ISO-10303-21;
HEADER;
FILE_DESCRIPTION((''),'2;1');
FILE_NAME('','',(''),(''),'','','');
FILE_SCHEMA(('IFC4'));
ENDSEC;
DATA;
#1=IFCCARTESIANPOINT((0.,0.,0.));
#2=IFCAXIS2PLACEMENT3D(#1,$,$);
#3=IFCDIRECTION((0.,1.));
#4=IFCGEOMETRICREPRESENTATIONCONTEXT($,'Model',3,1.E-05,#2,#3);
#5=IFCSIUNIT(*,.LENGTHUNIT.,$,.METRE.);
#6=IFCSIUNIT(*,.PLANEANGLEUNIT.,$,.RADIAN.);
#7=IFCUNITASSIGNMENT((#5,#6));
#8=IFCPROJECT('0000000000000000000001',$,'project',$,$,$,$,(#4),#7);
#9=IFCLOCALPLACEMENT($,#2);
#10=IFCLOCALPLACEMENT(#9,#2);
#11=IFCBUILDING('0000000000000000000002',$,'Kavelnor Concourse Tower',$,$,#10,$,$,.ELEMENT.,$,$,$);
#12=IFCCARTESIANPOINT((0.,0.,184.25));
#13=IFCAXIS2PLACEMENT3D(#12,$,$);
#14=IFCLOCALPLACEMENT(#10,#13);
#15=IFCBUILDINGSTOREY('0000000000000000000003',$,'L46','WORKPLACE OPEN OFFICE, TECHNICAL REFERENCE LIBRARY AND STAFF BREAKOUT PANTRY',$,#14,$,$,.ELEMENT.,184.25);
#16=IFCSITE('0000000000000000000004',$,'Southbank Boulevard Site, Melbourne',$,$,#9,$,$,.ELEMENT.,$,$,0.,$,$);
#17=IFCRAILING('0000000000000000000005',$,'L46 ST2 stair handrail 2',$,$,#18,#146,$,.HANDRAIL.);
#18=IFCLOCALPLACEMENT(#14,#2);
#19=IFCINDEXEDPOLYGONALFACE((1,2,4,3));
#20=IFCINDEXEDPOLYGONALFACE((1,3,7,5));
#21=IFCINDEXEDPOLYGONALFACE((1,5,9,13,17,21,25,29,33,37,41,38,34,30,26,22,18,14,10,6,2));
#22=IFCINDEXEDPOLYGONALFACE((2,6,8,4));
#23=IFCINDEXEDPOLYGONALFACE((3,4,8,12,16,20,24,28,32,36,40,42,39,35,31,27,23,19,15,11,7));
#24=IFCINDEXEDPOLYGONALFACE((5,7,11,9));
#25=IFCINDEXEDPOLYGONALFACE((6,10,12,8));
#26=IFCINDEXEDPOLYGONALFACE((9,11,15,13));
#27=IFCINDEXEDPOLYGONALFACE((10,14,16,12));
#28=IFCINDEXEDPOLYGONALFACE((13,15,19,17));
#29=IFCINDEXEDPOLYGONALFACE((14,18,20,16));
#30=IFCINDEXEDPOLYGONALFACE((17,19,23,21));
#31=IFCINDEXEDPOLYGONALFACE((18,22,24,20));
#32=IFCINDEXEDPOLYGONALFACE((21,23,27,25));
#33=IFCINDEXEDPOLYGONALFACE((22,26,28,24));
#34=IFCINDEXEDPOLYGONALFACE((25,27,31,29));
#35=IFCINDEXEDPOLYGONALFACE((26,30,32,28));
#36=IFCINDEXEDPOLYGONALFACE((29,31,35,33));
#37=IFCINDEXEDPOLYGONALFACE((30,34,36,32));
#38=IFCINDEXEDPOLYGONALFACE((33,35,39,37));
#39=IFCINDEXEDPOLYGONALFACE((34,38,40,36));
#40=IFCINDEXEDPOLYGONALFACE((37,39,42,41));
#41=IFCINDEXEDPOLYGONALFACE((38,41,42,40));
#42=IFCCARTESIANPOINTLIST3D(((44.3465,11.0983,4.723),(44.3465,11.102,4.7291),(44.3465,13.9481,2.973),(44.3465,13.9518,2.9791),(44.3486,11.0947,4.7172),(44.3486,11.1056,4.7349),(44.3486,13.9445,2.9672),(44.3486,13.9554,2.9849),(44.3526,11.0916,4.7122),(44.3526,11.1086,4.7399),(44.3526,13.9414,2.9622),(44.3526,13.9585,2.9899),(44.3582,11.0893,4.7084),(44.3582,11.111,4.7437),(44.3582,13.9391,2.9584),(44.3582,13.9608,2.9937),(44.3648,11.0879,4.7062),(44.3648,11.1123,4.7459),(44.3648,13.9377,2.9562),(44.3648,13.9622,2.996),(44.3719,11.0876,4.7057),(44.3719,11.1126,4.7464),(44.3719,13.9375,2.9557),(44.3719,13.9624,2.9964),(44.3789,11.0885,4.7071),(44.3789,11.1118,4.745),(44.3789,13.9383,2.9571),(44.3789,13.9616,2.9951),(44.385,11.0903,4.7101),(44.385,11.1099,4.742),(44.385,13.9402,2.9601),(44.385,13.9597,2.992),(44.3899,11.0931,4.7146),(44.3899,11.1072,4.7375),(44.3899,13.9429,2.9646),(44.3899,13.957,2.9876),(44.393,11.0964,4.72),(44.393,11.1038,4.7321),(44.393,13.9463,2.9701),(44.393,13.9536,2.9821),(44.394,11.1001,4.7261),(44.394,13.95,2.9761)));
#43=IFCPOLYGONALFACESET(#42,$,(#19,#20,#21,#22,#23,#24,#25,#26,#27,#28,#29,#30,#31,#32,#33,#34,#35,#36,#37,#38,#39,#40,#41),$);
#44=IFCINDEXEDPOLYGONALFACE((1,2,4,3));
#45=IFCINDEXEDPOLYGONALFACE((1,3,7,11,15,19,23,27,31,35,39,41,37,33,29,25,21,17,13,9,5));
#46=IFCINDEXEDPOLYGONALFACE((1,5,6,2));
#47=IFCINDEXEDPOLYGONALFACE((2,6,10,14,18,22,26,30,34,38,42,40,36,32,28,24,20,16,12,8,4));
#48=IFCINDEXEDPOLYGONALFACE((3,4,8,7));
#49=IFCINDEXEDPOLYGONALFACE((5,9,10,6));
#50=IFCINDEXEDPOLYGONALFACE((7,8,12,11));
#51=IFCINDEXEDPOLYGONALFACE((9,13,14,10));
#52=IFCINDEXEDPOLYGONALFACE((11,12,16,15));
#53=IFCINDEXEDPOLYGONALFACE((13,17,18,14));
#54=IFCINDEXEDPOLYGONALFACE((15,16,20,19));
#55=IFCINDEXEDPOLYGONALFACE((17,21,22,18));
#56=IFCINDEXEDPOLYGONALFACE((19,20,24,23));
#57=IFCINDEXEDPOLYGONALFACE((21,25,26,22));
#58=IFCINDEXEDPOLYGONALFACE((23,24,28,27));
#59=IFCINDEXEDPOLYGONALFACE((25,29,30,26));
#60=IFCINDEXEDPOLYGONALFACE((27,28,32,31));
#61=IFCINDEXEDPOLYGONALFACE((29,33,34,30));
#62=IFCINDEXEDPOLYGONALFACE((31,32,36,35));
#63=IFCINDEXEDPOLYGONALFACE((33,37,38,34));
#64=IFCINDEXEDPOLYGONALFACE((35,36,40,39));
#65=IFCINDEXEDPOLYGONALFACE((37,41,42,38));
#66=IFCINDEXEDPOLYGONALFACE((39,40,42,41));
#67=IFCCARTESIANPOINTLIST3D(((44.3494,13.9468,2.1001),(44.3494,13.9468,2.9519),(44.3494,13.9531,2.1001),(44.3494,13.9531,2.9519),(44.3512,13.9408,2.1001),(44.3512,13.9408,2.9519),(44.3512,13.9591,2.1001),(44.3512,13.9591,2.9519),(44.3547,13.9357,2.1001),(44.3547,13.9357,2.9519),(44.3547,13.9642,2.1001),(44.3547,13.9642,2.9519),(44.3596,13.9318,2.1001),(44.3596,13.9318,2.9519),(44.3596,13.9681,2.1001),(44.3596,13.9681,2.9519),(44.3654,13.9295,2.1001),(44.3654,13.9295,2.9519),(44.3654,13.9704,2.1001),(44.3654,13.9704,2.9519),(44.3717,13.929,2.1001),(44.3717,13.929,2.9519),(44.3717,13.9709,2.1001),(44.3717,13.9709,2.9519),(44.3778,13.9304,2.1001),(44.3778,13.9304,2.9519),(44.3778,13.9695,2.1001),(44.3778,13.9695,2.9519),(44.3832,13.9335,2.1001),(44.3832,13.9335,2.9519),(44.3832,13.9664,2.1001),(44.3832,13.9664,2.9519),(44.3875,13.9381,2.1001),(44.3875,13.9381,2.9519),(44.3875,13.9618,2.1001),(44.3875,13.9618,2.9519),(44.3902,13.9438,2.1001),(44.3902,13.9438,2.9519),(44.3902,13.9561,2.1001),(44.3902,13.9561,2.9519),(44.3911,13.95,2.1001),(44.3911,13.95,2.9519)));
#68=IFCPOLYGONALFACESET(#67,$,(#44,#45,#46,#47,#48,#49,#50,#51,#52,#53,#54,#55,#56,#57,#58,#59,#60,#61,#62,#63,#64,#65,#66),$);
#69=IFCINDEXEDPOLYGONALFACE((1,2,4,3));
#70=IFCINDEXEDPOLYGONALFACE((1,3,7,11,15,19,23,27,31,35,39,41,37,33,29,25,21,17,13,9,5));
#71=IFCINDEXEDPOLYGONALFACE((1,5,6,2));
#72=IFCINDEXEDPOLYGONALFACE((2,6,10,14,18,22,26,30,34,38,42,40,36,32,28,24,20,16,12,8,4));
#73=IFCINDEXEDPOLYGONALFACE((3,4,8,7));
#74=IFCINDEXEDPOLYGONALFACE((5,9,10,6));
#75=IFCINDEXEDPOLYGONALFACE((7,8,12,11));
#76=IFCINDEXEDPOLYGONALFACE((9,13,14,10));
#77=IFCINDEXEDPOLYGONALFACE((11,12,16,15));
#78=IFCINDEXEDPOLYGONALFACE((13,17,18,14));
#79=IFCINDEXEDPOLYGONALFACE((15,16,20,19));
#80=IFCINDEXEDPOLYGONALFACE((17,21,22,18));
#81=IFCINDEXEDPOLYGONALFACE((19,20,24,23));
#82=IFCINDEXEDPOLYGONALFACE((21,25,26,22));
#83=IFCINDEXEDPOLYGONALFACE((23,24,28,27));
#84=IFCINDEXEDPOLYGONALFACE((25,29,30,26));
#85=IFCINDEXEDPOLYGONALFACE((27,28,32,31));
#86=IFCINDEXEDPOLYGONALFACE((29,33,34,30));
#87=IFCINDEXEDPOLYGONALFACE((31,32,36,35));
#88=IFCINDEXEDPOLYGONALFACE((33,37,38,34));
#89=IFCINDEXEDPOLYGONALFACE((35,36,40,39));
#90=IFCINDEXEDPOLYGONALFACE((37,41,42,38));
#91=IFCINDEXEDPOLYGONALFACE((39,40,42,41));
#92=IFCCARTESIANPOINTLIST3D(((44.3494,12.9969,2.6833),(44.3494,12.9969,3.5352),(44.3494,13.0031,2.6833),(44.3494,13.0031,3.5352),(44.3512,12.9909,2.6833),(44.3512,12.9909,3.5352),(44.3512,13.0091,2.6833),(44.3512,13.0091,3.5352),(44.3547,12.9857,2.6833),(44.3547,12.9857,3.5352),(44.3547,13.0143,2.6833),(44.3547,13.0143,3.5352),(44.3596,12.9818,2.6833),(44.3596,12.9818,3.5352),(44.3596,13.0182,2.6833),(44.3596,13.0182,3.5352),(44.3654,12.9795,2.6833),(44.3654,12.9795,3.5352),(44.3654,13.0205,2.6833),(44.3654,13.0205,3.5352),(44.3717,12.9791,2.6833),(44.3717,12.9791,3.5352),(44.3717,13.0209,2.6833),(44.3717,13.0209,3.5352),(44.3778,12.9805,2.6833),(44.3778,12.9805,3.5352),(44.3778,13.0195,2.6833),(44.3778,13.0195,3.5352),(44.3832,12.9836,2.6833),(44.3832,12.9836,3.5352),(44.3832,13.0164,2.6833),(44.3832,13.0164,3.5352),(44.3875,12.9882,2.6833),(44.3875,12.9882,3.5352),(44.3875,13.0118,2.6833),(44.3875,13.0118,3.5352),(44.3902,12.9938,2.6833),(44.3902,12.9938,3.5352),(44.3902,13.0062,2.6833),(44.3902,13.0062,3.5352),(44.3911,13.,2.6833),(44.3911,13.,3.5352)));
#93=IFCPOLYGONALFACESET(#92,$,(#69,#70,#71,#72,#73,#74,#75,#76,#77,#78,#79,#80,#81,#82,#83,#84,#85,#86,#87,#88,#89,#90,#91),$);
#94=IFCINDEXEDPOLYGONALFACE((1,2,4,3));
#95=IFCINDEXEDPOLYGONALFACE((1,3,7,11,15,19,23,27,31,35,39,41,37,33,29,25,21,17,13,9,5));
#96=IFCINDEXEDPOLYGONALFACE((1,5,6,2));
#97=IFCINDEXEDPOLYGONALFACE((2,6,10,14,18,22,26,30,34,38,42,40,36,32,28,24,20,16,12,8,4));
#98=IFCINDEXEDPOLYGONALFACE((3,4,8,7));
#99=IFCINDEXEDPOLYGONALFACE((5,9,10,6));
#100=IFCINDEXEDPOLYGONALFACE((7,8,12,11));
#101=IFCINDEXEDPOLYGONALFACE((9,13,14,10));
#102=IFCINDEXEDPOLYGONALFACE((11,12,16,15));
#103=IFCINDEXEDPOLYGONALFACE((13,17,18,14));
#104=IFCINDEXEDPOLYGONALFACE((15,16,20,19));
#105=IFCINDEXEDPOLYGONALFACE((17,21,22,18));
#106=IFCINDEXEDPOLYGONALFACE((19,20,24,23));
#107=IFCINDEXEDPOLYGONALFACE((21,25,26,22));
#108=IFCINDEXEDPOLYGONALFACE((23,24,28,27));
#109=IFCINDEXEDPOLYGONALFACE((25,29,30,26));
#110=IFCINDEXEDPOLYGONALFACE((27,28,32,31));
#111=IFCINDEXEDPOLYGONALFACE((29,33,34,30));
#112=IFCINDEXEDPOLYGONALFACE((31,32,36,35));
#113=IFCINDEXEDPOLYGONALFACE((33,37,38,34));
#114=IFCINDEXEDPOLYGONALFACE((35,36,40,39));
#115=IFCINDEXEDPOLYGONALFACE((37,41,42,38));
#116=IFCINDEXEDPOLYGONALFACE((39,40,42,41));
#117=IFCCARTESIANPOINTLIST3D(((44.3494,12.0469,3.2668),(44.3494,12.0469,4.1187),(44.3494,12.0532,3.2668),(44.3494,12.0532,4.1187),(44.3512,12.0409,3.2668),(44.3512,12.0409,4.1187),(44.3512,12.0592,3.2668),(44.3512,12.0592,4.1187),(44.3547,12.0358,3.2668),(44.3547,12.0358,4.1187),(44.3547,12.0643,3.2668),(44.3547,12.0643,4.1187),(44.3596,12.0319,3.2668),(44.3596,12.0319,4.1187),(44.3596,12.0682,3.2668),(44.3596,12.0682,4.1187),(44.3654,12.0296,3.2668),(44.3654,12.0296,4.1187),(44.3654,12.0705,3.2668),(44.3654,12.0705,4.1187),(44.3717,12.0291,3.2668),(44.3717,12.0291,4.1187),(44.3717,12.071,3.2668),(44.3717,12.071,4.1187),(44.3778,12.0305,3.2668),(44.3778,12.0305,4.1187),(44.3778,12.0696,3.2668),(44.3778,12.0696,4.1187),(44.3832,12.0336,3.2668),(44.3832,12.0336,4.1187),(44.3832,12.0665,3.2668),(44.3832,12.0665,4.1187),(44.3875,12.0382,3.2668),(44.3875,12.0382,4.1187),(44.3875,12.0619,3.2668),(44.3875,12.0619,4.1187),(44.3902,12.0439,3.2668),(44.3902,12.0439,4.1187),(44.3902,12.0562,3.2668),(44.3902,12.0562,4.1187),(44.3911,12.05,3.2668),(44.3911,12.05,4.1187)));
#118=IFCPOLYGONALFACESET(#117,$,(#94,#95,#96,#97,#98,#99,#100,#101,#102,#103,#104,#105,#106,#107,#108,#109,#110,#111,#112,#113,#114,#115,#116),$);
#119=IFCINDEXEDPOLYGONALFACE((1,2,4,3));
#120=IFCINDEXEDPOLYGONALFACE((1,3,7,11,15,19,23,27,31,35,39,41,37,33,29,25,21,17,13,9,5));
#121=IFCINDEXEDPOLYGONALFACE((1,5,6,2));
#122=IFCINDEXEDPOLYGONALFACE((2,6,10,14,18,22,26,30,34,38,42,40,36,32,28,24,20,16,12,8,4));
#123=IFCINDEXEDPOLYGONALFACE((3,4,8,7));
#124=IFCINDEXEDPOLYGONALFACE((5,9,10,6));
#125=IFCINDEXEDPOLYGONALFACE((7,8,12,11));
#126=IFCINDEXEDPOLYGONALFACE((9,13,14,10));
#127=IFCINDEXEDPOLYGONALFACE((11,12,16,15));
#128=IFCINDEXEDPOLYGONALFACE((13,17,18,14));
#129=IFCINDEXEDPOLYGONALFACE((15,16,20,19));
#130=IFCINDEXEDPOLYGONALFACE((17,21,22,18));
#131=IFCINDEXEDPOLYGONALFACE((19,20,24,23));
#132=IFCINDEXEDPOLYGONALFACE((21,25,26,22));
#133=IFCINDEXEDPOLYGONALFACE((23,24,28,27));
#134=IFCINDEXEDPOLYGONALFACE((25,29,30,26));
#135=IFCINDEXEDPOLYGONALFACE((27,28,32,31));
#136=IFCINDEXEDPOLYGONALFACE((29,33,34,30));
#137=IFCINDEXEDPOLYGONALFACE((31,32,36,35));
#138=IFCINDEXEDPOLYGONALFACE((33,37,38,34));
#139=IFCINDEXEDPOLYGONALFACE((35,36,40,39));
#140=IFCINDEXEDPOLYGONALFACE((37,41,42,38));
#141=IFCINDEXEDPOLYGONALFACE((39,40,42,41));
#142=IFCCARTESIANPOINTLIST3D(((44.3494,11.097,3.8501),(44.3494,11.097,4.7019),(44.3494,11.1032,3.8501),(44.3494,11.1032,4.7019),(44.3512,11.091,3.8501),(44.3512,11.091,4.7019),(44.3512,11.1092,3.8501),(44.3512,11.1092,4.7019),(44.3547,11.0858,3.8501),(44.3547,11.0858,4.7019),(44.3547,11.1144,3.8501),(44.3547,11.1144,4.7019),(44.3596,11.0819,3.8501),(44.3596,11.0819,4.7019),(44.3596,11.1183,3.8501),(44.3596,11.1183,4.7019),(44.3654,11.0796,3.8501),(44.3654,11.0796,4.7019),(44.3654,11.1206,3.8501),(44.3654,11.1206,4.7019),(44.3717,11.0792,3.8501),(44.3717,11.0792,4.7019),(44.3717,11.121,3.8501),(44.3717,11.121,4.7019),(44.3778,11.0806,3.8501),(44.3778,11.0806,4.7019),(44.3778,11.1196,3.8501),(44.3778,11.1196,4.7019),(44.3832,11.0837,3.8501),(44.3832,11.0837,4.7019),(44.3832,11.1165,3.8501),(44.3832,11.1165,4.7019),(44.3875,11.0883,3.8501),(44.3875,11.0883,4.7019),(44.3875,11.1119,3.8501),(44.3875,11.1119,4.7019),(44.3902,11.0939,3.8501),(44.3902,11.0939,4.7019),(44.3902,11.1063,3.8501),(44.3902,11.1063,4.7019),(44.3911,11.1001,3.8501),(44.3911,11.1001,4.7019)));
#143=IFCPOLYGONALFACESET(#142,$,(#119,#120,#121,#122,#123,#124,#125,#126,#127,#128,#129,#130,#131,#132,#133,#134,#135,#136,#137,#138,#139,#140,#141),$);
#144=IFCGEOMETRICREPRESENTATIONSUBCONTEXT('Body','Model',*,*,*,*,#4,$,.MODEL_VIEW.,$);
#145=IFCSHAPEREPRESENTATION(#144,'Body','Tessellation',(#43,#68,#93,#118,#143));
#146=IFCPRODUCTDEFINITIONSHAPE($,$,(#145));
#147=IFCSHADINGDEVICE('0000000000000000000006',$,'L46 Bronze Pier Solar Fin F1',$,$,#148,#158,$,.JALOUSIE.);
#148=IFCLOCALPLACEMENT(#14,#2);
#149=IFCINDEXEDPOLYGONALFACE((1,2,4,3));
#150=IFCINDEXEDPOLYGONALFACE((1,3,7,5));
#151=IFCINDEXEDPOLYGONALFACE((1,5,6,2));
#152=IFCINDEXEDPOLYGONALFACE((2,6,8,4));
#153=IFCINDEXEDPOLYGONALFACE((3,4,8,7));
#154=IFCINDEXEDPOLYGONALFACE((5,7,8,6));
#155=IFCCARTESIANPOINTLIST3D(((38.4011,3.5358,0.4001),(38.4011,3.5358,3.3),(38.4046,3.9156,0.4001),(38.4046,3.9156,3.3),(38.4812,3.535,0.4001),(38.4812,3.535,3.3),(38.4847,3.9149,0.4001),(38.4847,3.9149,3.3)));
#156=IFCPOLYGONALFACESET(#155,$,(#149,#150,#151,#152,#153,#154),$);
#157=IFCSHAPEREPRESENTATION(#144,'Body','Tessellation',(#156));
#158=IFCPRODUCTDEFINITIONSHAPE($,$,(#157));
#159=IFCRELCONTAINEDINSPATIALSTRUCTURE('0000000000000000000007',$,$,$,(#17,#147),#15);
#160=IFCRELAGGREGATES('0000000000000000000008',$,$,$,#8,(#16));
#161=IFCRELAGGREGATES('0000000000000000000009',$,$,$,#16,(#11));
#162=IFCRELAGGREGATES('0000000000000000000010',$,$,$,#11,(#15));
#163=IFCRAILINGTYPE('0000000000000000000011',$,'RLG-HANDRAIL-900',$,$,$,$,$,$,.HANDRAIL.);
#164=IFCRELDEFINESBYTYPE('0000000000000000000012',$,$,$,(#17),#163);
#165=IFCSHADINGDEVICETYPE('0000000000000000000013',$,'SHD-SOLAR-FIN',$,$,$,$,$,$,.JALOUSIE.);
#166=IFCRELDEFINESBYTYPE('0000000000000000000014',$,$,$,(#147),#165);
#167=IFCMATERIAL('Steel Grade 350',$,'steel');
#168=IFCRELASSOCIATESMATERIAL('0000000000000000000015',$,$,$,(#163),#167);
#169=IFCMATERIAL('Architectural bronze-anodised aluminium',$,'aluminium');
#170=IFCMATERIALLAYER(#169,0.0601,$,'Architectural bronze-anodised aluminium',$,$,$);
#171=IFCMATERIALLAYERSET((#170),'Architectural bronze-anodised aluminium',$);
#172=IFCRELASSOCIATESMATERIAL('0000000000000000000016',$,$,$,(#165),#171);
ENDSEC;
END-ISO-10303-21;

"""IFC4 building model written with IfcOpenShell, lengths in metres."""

from ifc_helpers import new_model, si_unit, direction, frame, origin, origin_2d, place, context, subcontext, project, spatial, rectangle, circle, extrude, material, layer, layer_set, type_object, element, save


model = new_model("IFC4")

# Units and contexts
model_context = context("Model", 3, precision=1e-05, world=origin(), true_north=direction((0.0, 1.0)))
body_context = subcontext(model_context, "Body", "Model", "MODEL_VIEW")
ifc_project = project(units=[si_unit("LENGTHUNIT", "METRE"), si_unit("PLANEANGLEUNIT", "RADIAN")], contexts=[model_context])

# Site, building, storey
site_placement = place(None, origin())
site = spatial("IfcSite", under=ifc_project, at=site_placement, Name="Southbank Boulevard Site, Melbourne", CompositionType="ELEMENT", RefElevation=0.0)
building_placement = place(site_placement, origin())
building = spatial("IfcBuilding", under=site, at=building_placement, Name="Kavelnor Concourse Tower", CompositionType="ELEMENT")
storey_placement = place(building_placement, frame((0.0, 0.0, 184.25)))
storey = spatial("IfcBuildingStorey", under=building, at=storey_placement, Name="L46", Description="WORKPLACE OPEN OFFICE, TECHNICAL REFERENCE LIBRARY AND STAFF BREAKOUT PANTRY", CompositionType="ELEMENT", Elevation=184.25)

# Shared definitions
ifc_material_1 = material(Name="Steel Grade 350", Category="steel")

# Railing
railing_type_1 = type_object("IfcRailingType", Name="RLG-HANDRAIL-900", PredefinedType="HANDRAIL", material=ifc_material_1)
railing_1_placement = place(storey_placement, frame((44.3701, 13.95, 2.1001)))
element("IfcRailing", 1, at=railing_1_placement, inside=storey, type_object=railing_type_1, Name="L46 ST2 stair handrail 2", PredefinedType="HANDRAIL", context=body_context, shape_type="SweptSolid", body=[
    extrude(circle(Radius=0.0239, at=origin_2d()), frame((0.0, 0.0, 0.876), z_axis=(0.0, -0.852159, 0.523283), x_axis=(1.0, 0.0, 0.0)), (0.0, 0.0, 1.0), 3.3442),
    extrude(circle(Radius=0.021, at=origin_2d()), origin(), (0.0, 0.0, 1.0), 0.8518),
    extrude(circle(Radius=0.021, at=origin_2d()), frame((0.0, -0.95, 0.5833)), (0.0, 0.0, 1.0), 0.8518),
    extrude(circle(Radius=0.021, at=origin_2d()), frame((0.0, -1.8999, 1.1667)), (0.0, 0.0, 1.0), 0.8518),
    extrude(circle(Radius=0.021, at=origin_2d()), frame((0.0, -2.8499, 1.75)), (0.0, 0.0, 1.0), 0.8518),
])

# Shading device
ifc_material_2 = material(Name="Architectural bronze-anodised aluminium", Category="aluminium")
ifc_layer_1 = layer(ifc_material_2, 0.0601, Name="Architectural bronze-anodised aluminium")
ifc_layer_set_1 = layer_set([ifc_layer_1], Name="Architectural bronze-anodised aluminium")
shading_device_type = type_object("IfcShadingDeviceType", Name="SHD-SOLAR-FIN", PredefinedType="JALOUSIE", material=ifc_layer_set_1)
shading_device_placement = place(storey_placement, frame((38.4429, 3.7253, 0.4001), z_axis=(0.0, 0.0, 1.0), x_axis=(-0.00925, -0.999957, 0.0)))
element("IfcShadingDevice", 2, at=shading_device_placement, inside=storey, type_object=shading_device_type, Name="L46 Bronze Pier Solar Fin F1", PredefinedType="JALOUSIE", context=body_context, shape_type="SweptSolid", body=[
    extrude(rectangle(XDim=0.3799, YDim=0.0801, at=origin_2d()), origin(), (0.0, 0.0, 1.0), 2.8999),
])

save(model, "model.ifc")
